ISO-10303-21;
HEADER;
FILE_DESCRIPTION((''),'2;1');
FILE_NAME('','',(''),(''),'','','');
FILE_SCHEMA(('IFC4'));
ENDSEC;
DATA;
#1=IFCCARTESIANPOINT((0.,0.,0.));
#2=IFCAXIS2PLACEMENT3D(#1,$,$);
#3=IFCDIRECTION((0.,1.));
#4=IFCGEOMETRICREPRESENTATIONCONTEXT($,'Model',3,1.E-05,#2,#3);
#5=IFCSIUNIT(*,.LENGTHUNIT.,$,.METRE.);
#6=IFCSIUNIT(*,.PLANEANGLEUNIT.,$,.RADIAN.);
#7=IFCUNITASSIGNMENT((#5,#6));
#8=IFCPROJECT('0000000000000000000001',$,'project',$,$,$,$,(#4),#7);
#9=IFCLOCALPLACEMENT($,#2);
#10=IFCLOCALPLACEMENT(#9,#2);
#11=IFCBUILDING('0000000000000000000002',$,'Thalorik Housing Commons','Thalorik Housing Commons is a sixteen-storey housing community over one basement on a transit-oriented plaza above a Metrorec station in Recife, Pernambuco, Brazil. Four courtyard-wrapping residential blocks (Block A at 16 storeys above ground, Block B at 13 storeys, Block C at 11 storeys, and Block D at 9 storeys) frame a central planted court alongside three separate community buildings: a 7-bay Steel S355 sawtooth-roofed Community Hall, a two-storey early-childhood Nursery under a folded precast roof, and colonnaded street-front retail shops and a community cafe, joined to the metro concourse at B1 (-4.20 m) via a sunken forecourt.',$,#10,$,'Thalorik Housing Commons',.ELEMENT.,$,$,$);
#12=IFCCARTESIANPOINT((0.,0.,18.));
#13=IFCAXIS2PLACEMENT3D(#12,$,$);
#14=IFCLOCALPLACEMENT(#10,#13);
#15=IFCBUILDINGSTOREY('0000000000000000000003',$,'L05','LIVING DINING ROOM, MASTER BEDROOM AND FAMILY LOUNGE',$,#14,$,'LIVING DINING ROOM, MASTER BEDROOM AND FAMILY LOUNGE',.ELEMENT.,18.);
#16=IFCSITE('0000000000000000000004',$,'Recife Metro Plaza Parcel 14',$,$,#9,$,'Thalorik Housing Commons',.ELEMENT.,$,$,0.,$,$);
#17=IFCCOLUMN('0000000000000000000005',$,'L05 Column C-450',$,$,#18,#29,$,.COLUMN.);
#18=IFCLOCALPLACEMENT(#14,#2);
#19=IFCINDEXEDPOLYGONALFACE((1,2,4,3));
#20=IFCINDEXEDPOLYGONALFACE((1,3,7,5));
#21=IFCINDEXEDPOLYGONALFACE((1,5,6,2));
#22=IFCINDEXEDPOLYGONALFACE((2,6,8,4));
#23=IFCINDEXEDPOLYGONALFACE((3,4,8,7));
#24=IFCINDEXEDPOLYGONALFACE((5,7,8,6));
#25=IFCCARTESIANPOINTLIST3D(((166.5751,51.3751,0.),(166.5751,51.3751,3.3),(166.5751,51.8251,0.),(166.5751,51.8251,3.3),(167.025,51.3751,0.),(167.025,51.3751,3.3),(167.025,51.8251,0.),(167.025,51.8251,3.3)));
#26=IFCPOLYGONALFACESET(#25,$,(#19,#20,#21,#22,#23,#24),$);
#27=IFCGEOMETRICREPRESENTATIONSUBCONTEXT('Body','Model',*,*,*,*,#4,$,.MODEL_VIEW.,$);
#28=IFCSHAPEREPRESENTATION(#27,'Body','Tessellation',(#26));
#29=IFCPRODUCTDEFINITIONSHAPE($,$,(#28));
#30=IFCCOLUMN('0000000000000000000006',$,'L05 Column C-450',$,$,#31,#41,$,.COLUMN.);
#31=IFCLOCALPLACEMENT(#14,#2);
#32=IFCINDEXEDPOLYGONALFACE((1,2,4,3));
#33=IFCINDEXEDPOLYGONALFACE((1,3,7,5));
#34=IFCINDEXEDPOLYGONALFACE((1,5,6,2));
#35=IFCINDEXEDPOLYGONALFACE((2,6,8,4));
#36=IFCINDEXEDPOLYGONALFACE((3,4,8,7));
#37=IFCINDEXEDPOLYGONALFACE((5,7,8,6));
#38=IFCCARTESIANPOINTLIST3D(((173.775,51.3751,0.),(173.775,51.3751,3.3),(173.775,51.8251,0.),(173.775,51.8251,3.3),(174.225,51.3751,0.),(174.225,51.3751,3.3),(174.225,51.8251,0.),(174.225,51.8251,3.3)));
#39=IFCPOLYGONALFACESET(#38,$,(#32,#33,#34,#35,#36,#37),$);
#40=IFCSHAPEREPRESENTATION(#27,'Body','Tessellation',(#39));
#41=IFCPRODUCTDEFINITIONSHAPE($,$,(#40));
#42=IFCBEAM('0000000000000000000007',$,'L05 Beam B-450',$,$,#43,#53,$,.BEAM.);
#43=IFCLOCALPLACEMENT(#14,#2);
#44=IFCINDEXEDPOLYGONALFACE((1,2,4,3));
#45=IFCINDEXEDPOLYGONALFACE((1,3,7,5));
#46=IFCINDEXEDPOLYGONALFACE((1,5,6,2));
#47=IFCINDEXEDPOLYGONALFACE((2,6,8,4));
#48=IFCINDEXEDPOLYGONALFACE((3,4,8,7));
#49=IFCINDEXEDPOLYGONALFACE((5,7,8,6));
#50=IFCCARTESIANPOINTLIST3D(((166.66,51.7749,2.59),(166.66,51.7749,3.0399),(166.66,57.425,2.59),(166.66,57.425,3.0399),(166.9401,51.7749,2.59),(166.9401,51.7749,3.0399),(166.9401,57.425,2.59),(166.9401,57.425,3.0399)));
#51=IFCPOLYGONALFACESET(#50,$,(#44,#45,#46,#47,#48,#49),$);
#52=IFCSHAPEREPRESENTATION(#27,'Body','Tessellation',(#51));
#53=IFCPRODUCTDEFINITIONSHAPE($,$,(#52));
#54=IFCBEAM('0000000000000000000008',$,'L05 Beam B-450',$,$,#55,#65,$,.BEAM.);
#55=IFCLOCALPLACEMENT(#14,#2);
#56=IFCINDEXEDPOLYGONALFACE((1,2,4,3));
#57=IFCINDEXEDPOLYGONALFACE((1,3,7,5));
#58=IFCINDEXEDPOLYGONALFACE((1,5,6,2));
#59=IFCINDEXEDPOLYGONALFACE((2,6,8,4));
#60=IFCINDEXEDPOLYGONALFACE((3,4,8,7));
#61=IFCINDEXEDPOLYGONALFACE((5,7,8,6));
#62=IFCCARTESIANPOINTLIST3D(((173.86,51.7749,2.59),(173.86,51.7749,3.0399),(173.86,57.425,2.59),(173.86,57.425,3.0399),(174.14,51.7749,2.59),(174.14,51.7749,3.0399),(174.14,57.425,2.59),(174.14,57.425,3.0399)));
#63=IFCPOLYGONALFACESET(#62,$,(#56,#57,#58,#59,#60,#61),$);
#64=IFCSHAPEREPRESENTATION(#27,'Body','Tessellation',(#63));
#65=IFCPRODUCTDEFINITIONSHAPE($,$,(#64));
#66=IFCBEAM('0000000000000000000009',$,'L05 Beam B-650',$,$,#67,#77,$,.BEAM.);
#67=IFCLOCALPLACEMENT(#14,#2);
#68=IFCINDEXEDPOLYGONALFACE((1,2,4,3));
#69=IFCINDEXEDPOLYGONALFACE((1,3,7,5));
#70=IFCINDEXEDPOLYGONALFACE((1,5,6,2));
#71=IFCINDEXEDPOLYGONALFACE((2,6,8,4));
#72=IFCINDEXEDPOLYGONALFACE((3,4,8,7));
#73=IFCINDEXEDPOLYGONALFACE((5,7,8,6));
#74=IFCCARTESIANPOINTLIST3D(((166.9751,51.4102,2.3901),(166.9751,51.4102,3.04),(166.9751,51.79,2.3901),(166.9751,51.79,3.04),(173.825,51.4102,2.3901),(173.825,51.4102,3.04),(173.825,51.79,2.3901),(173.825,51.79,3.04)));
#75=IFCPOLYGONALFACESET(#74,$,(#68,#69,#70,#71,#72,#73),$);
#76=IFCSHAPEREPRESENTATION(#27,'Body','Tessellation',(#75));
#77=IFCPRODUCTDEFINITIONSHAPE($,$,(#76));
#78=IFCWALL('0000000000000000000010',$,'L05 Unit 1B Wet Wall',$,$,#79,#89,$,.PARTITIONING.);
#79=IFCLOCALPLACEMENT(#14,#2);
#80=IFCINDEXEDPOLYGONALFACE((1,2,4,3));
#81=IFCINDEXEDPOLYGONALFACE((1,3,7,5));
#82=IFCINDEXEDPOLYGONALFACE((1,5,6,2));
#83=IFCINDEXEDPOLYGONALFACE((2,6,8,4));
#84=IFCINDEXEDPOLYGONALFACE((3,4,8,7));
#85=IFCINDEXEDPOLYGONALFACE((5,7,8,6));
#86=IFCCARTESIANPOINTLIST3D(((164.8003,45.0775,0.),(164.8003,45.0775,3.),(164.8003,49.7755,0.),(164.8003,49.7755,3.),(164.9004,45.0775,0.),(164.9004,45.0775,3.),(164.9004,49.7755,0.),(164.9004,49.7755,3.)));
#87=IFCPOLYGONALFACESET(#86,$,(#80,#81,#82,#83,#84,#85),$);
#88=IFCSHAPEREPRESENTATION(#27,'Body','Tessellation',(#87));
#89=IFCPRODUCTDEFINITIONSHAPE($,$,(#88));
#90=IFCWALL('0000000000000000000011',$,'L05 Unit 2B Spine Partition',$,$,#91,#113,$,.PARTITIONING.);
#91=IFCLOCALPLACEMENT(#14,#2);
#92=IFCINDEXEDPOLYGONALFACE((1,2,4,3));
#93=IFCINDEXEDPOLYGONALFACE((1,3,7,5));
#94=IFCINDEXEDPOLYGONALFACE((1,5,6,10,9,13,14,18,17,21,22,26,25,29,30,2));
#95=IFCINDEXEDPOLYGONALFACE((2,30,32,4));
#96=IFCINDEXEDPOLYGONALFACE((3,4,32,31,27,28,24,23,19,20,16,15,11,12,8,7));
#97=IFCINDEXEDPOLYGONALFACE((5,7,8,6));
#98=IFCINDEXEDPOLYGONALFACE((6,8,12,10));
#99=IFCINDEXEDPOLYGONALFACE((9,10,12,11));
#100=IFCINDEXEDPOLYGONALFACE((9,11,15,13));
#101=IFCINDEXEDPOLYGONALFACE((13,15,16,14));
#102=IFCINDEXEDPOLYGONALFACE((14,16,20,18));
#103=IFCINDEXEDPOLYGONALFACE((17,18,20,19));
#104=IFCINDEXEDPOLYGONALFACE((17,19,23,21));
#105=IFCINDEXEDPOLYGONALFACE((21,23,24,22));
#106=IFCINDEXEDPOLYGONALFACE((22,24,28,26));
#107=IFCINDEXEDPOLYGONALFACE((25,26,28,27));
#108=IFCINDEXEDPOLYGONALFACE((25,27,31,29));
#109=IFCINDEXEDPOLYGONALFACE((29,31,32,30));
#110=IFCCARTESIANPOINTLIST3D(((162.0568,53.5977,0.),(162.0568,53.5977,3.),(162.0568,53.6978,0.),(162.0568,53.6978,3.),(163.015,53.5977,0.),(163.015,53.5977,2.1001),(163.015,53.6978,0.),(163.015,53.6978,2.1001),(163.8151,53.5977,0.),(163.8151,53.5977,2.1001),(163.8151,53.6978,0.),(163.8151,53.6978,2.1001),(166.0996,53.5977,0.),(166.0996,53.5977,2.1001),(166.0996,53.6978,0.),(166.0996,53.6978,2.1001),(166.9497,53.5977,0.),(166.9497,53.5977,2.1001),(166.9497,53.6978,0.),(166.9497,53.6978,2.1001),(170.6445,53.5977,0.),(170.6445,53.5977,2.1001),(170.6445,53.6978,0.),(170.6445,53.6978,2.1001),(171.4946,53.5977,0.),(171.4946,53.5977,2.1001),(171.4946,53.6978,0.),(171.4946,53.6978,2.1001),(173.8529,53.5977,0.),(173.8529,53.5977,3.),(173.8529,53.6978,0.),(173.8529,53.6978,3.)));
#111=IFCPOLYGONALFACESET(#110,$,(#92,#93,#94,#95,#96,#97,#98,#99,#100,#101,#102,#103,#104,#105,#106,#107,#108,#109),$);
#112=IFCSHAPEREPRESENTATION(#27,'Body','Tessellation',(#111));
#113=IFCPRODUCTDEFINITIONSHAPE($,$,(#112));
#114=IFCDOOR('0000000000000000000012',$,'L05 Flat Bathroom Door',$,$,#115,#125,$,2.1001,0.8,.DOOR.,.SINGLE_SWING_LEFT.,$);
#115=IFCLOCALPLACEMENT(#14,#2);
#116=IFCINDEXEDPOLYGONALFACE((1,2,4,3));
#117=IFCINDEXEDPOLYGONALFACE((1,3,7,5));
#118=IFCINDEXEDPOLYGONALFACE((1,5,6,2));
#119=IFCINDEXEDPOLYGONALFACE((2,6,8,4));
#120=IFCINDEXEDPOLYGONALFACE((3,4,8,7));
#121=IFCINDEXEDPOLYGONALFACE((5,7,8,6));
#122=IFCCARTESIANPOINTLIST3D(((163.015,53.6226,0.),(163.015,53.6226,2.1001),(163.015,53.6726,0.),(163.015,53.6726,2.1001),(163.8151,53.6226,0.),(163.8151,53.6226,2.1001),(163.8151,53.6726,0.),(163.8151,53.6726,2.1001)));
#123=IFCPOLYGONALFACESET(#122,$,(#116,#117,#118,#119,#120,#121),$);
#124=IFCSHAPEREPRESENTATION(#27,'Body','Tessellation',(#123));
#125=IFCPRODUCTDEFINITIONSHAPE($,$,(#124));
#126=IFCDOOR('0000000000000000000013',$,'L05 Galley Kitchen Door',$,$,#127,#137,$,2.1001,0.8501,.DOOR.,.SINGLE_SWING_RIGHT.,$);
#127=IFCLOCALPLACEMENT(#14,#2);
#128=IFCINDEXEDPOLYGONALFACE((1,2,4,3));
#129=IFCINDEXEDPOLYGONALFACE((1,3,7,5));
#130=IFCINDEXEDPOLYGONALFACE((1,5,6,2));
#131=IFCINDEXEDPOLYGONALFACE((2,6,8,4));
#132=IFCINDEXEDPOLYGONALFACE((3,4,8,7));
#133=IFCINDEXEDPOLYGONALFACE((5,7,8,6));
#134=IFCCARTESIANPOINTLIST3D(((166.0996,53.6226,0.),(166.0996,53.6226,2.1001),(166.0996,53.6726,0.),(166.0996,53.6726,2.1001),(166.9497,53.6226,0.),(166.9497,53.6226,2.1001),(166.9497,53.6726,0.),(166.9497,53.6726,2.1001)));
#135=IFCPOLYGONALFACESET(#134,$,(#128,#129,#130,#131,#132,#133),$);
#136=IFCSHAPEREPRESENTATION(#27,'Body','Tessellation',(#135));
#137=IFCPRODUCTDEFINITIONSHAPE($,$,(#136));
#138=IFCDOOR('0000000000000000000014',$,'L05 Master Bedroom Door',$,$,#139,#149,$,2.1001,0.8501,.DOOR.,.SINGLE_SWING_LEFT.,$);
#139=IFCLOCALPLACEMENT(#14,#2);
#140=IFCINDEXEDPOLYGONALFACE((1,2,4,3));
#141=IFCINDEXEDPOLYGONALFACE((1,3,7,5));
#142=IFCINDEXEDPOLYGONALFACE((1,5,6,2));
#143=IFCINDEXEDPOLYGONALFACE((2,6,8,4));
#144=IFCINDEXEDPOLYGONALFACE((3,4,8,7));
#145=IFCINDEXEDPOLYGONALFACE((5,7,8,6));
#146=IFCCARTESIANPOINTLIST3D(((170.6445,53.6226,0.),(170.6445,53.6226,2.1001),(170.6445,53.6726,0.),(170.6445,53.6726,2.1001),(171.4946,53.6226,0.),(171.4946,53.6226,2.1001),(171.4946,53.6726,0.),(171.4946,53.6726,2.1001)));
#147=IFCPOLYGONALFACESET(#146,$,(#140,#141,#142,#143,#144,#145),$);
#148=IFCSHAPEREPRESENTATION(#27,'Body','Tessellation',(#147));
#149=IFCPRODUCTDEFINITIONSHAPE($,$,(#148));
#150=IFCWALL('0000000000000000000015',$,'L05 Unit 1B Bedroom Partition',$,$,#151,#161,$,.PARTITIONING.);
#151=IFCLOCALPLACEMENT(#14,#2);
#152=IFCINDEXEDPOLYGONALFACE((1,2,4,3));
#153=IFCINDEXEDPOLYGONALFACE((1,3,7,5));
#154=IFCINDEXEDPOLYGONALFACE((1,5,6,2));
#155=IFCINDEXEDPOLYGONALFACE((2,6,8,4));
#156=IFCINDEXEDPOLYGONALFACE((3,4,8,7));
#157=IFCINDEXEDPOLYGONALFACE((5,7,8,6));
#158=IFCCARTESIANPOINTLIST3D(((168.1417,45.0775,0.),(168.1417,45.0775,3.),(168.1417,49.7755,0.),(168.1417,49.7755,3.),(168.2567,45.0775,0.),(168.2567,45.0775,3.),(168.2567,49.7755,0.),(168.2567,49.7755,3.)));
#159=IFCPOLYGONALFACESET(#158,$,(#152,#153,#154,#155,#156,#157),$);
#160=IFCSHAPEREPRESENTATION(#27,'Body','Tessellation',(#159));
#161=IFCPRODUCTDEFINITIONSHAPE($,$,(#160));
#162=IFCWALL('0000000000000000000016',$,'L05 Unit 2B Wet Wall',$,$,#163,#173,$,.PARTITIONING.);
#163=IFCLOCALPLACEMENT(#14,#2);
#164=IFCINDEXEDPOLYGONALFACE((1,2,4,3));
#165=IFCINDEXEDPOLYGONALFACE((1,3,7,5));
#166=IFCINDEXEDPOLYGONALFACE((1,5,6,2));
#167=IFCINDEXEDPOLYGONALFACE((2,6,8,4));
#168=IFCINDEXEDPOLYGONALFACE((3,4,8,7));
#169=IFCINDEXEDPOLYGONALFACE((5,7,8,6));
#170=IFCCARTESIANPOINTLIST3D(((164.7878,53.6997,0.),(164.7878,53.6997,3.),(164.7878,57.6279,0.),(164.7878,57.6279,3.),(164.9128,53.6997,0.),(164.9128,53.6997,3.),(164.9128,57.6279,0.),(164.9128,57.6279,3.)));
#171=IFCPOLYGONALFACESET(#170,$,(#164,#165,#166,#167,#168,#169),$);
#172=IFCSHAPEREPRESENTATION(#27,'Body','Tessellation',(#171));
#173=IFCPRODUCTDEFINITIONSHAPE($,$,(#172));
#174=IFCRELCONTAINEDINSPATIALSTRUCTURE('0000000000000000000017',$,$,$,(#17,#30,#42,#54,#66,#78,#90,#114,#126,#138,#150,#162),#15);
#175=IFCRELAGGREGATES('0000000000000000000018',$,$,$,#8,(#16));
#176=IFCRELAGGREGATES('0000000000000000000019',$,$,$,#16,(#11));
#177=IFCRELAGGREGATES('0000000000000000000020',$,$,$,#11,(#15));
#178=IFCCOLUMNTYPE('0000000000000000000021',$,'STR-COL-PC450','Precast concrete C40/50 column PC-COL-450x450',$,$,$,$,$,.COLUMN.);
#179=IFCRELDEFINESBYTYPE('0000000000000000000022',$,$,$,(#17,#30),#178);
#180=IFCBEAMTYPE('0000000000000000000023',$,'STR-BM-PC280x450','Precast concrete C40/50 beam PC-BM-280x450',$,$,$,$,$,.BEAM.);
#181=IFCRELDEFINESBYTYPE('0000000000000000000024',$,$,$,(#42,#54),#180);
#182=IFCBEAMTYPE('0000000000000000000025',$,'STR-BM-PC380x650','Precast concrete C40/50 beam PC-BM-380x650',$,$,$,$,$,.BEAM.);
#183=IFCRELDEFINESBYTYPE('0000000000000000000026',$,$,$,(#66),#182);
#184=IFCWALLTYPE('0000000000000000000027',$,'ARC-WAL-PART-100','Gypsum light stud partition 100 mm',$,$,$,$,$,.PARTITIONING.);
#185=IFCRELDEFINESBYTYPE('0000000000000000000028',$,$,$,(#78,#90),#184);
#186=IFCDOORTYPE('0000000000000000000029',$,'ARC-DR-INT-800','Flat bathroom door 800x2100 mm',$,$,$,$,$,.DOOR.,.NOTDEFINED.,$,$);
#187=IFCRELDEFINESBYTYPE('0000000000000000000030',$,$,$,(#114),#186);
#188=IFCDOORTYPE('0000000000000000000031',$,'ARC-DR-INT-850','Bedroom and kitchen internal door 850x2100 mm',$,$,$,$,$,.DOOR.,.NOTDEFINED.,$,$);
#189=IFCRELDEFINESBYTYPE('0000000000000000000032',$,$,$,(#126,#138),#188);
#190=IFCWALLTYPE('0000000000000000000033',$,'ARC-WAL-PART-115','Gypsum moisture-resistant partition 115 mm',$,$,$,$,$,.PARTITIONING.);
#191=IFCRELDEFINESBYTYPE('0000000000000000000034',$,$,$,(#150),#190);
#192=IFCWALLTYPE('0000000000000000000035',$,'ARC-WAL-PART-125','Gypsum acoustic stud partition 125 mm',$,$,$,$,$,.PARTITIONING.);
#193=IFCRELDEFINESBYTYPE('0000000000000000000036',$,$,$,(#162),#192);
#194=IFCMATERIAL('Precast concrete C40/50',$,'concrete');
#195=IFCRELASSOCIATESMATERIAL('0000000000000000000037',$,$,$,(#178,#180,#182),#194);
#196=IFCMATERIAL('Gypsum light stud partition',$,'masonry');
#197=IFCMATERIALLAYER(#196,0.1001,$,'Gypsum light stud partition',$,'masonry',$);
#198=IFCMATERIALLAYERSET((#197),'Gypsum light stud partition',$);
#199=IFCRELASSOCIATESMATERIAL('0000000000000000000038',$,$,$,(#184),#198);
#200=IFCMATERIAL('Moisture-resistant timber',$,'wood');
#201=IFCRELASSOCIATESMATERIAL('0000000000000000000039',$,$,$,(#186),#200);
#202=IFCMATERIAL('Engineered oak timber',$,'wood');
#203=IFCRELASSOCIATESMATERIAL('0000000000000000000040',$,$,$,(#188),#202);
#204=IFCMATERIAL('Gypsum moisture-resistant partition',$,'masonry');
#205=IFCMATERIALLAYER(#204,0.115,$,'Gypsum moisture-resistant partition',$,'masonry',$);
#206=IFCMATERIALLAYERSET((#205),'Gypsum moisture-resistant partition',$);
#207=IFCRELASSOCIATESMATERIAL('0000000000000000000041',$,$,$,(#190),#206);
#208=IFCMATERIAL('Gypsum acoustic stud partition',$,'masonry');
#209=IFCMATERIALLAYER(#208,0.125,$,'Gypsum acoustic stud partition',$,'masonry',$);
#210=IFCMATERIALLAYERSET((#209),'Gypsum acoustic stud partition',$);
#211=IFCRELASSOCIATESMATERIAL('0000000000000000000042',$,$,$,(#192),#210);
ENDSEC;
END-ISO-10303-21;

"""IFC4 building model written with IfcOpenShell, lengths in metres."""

from ifc_helpers import new_model, si_unit, direction, frame, frame_2d, origin, origin_2d, place, context, subcontext, project, spatial, rectangle, extrude, material, layer, layer_set, material_profile, profile_set, type_object, element, fill, save


model = new_model("IFC4")

# Units and contexts
model_context = context("Model", 3, precision=1e-05, world=origin(), true_north=direction((0.0, 1.0)))
body_context = subcontext(model_context, "Body", "Model", "MODEL_VIEW")
ifc_project = project(units=[si_unit("LENGTHUNIT", "METRE"), si_unit("PLANEANGLEUNIT", "RADIAN")], contexts=[model_context])

# Site, building, storey
site_placement = place(None, origin())
site = spatial("IfcSite", under=ifc_project, at=site_placement, Name="Recife Metro Plaza Parcel 14", LongName="Thalorik Housing Commons", CompositionType="ELEMENT", RefElevation=0.0)
building_placement = place(site_placement, origin())
building = spatial("IfcBuilding", under=site, at=building_placement, Name="Thalorik Housing Commons", Description="Thalorik Housing Commons is a sixteen-storey housing community over one basement on a transit-oriented plaza above a Metrorec station in Recife, Pernambuco, Brazil. Four courtyard-wrapping residential blocks (Block A at 16 storeys above ground, Block B at 13 storeys, Block C at 11 storeys, and Block D at 9 storeys) frame a central planted court alongside three separate community buildings: a 7-bay Steel S355 sawtooth-roofed Community Hall, a two-storey early-childhood Nursery under a folded precast roof, and colonnaded street-front retail shops and a community cafe, joined to the metro concourse at B1 (-4.20 m) via a sunken forecourt.", LongName="Thalorik Housing Commons", CompositionType="ELEMENT")
storey_placement = place(building_placement, frame((0.0, 0.0, 18.0)))
storey = spatial("IfcBuildingStorey", under=building, at=storey_placement, Name="L05", Description="LIVING DINING ROOM, MASTER BEDROOM AND FAMILY LOUNGE", LongName="LIVING DINING ROOM, MASTER BEDROOM AND FAMILY LOUNGE", CompositionType="ELEMENT", Elevation=18.0)

# Columns
ifc_material_1 = material(Name="Precast concrete C40/50", Category="concrete")
ifc_material_profile_1 = material_profile(ifc_material_1, rectangle(XDim=0.45, YDim=0.45, at=origin_2d()), Name="PC 450x450", Category="concrete")
ifc_profile_set_1 = profile_set([ifc_material_profile_1], Name="Precast concrete C40/50")
column_type = type_object("IfcColumnType", Name="STR-COL-PC450", Description="Precast concrete C40/50 column PC-COL-450x450", PredefinedType="COLUMN", material=ifc_profile_set_1)
for number, where, z_axis, x_axis, name in (
    (1, (166.8, 51.6001, 0.0), (0.0, 0.0, 1.0), (1.0, 0.0, 0.0), "L05 Column C-450"),
    (2, (174.0, 51.6001, 0.0), (0.0, 0.0, 1.0), (1.0, 0.0, 0.0), "L05 Column C-450"),
):
    element("IfcColumn", number, at=place(storey_placement, frame(where, z_axis=z_axis, x_axis=x_axis)), inside=storey, type_object=column_type, Name=name, PredefinedType="COLUMN", context=body_context, shape_type="SweptSolid", body=[
        extrude(rectangle(XDim=0.45, YDim=0.45, at=origin_2d()), origin(), (0.0, 0.0, 1.0), 3.3),
    ])

# Beams
ifc_material_profile_2 = material_profile(ifc_material_1, rectangle(XDim=0.28, YDim=0.45, at=origin_2d()), Name="PC 280x450", Category="concrete")
ifc_profile_set_2 = profile_set([ifc_material_profile_2], Name="Precast concrete C40/50")
beam_type_1 = type_object("IfcBeamType", Name="STR-BM-PC280x450", Description="Precast concrete C40/50 beam PC-BM-280x450", PredefinedType="BEAM", material=ifc_profile_set_2)
for number, where, z_axis, x_axis, name in (
    (3, (166.8, 51.7749, 2.8149), (0.0, 1.0, 0.0), (-1.0, 0.0, 0.0), "L05 Beam B-450"),
    (4, (174.0, 51.7749, 2.8149), (0.0, 1.0, 0.0), (-1.0, 0.0, 0.0), "L05 Beam B-450"),
):
    element("IfcBeam", number, at=place(storey_placement, frame(where, z_axis=z_axis, x_axis=x_axis)), inside=storey, type_object=beam_type_1, Name=name, PredefinedType="BEAM", context=body_context, shape_type="SweptSolid", body=[
        extrude(rectangle(XDim=0.28, YDim=0.45, at=origin_2d()), origin(), (0.0, 0.0, 1.0), 5.6501),
    ])
ifc_material_profile_3 = material_profile(ifc_material_1, rectangle(XDim=0.3799, YDim=0.6499, at=origin_2d()), Name="PC 380x650", Category="concrete")
ifc_profile_set_3 = profile_set([ifc_material_profile_3], Name="Precast concrete C40/50")
beam_type_2 = type_object("IfcBeamType", Name="STR-BM-PC380x650", Description="Precast concrete C40/50 beam PC-BM-380x650", PredefinedType="BEAM", material=ifc_profile_set_3)
beam_placement = place(storey_placement, frame((166.9751, 51.6001, 2.7151), z_axis=(1.0, 0.0, 0.0), x_axis=(0.0, 1.0, 0.0)))
element("IfcBeam", 5, at=beam_placement, inside=storey, type_object=beam_type_2, Name="L05 Beam B-650", PredefinedType="BEAM", context=body_context, shape_type="SweptSolid", body=[
    extrude(rectangle(XDim=0.3799, YDim=0.6499, at=origin_2d()), origin(), (0.0, 0.0, 1.0), 6.8499),
])

# Wall
ifc_material_2 = material(Name="Gypsum light stud partition", Category="masonry")
ifc_layer_1 = layer(ifc_material_2, 0.1001, Name="Gypsum light stud partition", Category="masonry")
ifc_layer_set_1 = layer_set([ifc_layer_1], Name="Gypsum light stud partition")
wall_type_1 = type_object("IfcWallType", Name="ARC-WAL-PART-100", Description="Gypsum light stud partition 100 mm", PredefinedType="PARTITIONING", material=ifc_layer_set_1)
wall_1_placement = place(storey_placement, frame((164.8503, 45.0774, 0.0), z_axis=(0.0, 0.0, 1.0), x_axis=(0.0, 1.0, 0.0)))
element("IfcWall", 6, at=wall_1_placement, inside=storey, type_object=wall_type_1, Name="L05 Unit 1B Wet Wall", PredefinedType="PARTITIONING", context=body_context, shape_type="SweptSolid", body=[
    extrude(rectangle(XDim=4.698, YDim=0.1001, at=frame_2d((2.3491, 0.0))), origin(), (0.0, 0.0, 1.0), 3.0),
])

# Wall, openings, doors
wall_2_placement = place(storey_placement, frame((162.0569, 53.6477, 0.0), z_axis=(0.0, 0.0, 1.0), x_axis=(1.0, 0.0, 0.0)))
wall_2 = element("IfcWall", 7, at=wall_2_placement, inside=storey, type_object=wall_type_1, Name="L05 Unit 2B Spine Partition", PredefinedType="PARTITIONING", context=body_context, shape_type="SweptSolid", body=[
    extrude(rectangle(XDim=11.7961, YDim=0.1001, at=frame_2d((5.8979, 0.0))), origin(), (0.0, 0.0, 1.0), 3.0),
])
opening_1_placement = place(wall_2_placement, frame((0.9583, 0.0, 0.0)))
opening_1 = element("IfcOpeningElement", 8, at=opening_1_placement, cuts=wall_2, PredefinedType="OPENING", context=body_context, shape_type="SweptSolid", body=[
    extrude(rectangle(XDim=0.8, YDim=2.1001, at=frame_2d((0.3999, 1.05))), frame((0.0, 0.0601, 0.0), z_axis=(0.0, -1.0, 0.0), x_axis=(1.0, 0.0, 0.0)), (0.0, 0.0, 1.0), 0.1201),
])
opening_2_placement = place(wall_2_placement, frame((4.0427, 0.0, 0.0)))
opening_2 = element("IfcOpeningElement", 9, at=opening_2_placement, cuts=wall_2, PredefinedType="OPENING", context=body_context, shape_type="SweptSolid", body=[
    extrude(rectangle(XDim=0.8501, YDim=2.1001, at=frame_2d((0.425, 1.05))), frame((0.0, 0.0601, 0.0), z_axis=(0.0, -1.0, 0.0), x_axis=(1.0, 0.0, 0.0)), (0.0, 0.0, 1.0), 0.1201),
])
opening_3_placement = place(wall_2_placement, frame((8.5876, 0.0, 0.0)))
opening_3 = element("IfcOpeningElement", 10, at=opening_3_placement, cuts=wall_2, PredefinedType="OPENING", context=body_context, shape_type="SweptSolid", body=[
    extrude(rectangle(XDim=0.8501, YDim=2.1001, at=frame_2d((0.425, 1.05))), frame((0.0, 0.0601, 0.0), z_axis=(0.0, -1.0, 0.0), x_axis=(1.0, 0.0, 0.0)), (0.0, 0.0, 1.0), 0.1201),
])
ifc_material_3 = material(Name="Moisture-resistant timber", Category="wood")
door_type_1 = type_object("IfcDoorType", Name="ARC-DR-INT-800", Description="Flat bathroom door 800x2100 mm", OperationType="NOTDEFINED", PredefinedType="DOOR", material=ifc_material_3)
door_1_placement = place(opening_1_placement, origin())
door_1 = element("IfcDoor", 11, at=door_1_placement, inside=storey, type_object=door_type_1, Name="L05 Flat Bathroom Door", OperationType="SINGLE_SWING_LEFT", OverallHeight=2.1001, OverallWidth=0.8, PredefinedType="DOOR", context=body_context, shape_type="SweptSolid", body=[
    extrude(rectangle(XDim=0.8, YDim=2.1001, at=frame_2d((0.3999, 1.05))), frame((0.0, 0.0249, 0.0), z_axis=(0.0, -1.0, 0.0), x_axis=(1.0, 0.0, 0.0)), (0.0, 0.0, 1.0), 0.05),
])
fill(opening_1, door_1)
ifc_material_4 = material(Name="Engineered oak timber", Category="wood")
door_type_2 = type_object("IfcDoorType", Name="ARC-DR-INT-850", Description="Bedroom and kitchen internal door 850x2100 mm", OperationType="NOTDEFINED", PredefinedType="DOOR", material=ifc_material_4)
door_2_placement = place(opening_2_placement, origin())
door_2 = element("IfcDoor", 12, at=door_2_placement, inside=storey, type_object=door_type_2, Name="L05 Galley Kitchen Door", OperationType="SINGLE_SWING_RIGHT", OverallHeight=2.1001, OverallWidth=0.8501, PredefinedType="DOOR", context=body_context, shape_type="SweptSolid", body=[
    extrude(rectangle(XDim=0.8501, YDim=2.1001, at=frame_2d((0.425, 1.05))), frame((0.0, 0.0249, 0.0), z_axis=(0.0, -1.0, 0.0), x_axis=(1.0, 0.0, 0.0)), (0.0, 0.0, 1.0), 0.05),
])
fill(opening_2, door_2)
door_3_placement = place(opening_3_placement, origin())
door_3 = element("IfcDoor", 13, at=door_3_placement, inside=storey, type_object=door_type_2, Name="L05 Master Bedroom Door", OperationType="SINGLE_SWING_LEFT", OverallHeight=2.1001, OverallWidth=0.8501, PredefinedType="DOOR", context=body_context, shape_type="SweptSolid", body=[
    extrude(rectangle(XDim=0.8501, YDim=2.1001, at=frame_2d((0.425, 1.05))), frame((0.0, 0.0249, 0.0), z_axis=(0.0, -1.0, 0.0), x_axis=(1.0, 0.0, 0.0)), (0.0, 0.0, 1.0), 0.05),
])
fill(opening_3, door_3)

# Walls
ifc_material_5 = material(Name="Gypsum moisture-resistant partition", Category="masonry")
ifc_layer_2 = layer(ifc_material_5, 0.115, Name="Gypsum moisture-resistant partition", Category="masonry")
ifc_layer_set_2 = layer_set([ifc_layer_2], Name="Gypsum moisture-resistant partition")
wall_type_2 = type_object("IfcWallType", Name="ARC-WAL-PART-115", Description="Gypsum moisture-resistant partition 115 mm", PredefinedType="PARTITIONING", material=ifc_layer_set_2)
wall_3_placement = place(storey_placement, frame((168.1992, 45.0774, 0.0), z_axis=(0.0, 0.0, 1.0), x_axis=(0.0, 1.0, 0.0)))
element("IfcWall", 14, at=wall_3_placement, inside=storey, type_object=wall_type_2, Name="L05 Unit 1B Bedroom Partition", PredefinedType="PARTITIONING", context=body_context, shape_type="SweptSolid", body=[
    extrude(rectangle(XDim=4.698, YDim=0.115, at=frame_2d((2.3491, 0.0))), origin(), (0.0, 0.0, 1.0), 3.0),
])
ifc_material_6 = material(Name="Gypsum acoustic stud partition", Category="masonry")
ifc_layer_3 = layer(ifc_material_6, 0.125, Name="Gypsum acoustic stud partition", Category="masonry")
ifc_layer_set_3 = layer_set([ifc_layer_3], Name="Gypsum acoustic stud partition")
wall_type_3 = type_object("IfcWallType", Name="ARC-WAL-PART-125", Description="Gypsum acoustic stud partition 125 mm", PredefinedType="PARTITIONING", material=ifc_layer_set_3)
wall_4_placement = place(storey_placement, frame((164.8503, 53.6997, 0.0), z_axis=(0.0, 0.0, 1.0), x_axis=(0.0, 1.0, 0.0)))
element("IfcWall", 15, at=wall_4_placement, inside=storey, type_object=wall_type_3, Name="L05 Unit 2B Wet Wall", PredefinedType="PARTITIONING", context=body_context, shape_type="SweptSolid", body=[
    extrude(rectangle(XDim=3.9282, YDim=0.125, at=frame_2d((1.9641, 0.0))), origin(), (0.0, 0.0, 1.0), 3.0),
])

save(model, "model.ifc")
